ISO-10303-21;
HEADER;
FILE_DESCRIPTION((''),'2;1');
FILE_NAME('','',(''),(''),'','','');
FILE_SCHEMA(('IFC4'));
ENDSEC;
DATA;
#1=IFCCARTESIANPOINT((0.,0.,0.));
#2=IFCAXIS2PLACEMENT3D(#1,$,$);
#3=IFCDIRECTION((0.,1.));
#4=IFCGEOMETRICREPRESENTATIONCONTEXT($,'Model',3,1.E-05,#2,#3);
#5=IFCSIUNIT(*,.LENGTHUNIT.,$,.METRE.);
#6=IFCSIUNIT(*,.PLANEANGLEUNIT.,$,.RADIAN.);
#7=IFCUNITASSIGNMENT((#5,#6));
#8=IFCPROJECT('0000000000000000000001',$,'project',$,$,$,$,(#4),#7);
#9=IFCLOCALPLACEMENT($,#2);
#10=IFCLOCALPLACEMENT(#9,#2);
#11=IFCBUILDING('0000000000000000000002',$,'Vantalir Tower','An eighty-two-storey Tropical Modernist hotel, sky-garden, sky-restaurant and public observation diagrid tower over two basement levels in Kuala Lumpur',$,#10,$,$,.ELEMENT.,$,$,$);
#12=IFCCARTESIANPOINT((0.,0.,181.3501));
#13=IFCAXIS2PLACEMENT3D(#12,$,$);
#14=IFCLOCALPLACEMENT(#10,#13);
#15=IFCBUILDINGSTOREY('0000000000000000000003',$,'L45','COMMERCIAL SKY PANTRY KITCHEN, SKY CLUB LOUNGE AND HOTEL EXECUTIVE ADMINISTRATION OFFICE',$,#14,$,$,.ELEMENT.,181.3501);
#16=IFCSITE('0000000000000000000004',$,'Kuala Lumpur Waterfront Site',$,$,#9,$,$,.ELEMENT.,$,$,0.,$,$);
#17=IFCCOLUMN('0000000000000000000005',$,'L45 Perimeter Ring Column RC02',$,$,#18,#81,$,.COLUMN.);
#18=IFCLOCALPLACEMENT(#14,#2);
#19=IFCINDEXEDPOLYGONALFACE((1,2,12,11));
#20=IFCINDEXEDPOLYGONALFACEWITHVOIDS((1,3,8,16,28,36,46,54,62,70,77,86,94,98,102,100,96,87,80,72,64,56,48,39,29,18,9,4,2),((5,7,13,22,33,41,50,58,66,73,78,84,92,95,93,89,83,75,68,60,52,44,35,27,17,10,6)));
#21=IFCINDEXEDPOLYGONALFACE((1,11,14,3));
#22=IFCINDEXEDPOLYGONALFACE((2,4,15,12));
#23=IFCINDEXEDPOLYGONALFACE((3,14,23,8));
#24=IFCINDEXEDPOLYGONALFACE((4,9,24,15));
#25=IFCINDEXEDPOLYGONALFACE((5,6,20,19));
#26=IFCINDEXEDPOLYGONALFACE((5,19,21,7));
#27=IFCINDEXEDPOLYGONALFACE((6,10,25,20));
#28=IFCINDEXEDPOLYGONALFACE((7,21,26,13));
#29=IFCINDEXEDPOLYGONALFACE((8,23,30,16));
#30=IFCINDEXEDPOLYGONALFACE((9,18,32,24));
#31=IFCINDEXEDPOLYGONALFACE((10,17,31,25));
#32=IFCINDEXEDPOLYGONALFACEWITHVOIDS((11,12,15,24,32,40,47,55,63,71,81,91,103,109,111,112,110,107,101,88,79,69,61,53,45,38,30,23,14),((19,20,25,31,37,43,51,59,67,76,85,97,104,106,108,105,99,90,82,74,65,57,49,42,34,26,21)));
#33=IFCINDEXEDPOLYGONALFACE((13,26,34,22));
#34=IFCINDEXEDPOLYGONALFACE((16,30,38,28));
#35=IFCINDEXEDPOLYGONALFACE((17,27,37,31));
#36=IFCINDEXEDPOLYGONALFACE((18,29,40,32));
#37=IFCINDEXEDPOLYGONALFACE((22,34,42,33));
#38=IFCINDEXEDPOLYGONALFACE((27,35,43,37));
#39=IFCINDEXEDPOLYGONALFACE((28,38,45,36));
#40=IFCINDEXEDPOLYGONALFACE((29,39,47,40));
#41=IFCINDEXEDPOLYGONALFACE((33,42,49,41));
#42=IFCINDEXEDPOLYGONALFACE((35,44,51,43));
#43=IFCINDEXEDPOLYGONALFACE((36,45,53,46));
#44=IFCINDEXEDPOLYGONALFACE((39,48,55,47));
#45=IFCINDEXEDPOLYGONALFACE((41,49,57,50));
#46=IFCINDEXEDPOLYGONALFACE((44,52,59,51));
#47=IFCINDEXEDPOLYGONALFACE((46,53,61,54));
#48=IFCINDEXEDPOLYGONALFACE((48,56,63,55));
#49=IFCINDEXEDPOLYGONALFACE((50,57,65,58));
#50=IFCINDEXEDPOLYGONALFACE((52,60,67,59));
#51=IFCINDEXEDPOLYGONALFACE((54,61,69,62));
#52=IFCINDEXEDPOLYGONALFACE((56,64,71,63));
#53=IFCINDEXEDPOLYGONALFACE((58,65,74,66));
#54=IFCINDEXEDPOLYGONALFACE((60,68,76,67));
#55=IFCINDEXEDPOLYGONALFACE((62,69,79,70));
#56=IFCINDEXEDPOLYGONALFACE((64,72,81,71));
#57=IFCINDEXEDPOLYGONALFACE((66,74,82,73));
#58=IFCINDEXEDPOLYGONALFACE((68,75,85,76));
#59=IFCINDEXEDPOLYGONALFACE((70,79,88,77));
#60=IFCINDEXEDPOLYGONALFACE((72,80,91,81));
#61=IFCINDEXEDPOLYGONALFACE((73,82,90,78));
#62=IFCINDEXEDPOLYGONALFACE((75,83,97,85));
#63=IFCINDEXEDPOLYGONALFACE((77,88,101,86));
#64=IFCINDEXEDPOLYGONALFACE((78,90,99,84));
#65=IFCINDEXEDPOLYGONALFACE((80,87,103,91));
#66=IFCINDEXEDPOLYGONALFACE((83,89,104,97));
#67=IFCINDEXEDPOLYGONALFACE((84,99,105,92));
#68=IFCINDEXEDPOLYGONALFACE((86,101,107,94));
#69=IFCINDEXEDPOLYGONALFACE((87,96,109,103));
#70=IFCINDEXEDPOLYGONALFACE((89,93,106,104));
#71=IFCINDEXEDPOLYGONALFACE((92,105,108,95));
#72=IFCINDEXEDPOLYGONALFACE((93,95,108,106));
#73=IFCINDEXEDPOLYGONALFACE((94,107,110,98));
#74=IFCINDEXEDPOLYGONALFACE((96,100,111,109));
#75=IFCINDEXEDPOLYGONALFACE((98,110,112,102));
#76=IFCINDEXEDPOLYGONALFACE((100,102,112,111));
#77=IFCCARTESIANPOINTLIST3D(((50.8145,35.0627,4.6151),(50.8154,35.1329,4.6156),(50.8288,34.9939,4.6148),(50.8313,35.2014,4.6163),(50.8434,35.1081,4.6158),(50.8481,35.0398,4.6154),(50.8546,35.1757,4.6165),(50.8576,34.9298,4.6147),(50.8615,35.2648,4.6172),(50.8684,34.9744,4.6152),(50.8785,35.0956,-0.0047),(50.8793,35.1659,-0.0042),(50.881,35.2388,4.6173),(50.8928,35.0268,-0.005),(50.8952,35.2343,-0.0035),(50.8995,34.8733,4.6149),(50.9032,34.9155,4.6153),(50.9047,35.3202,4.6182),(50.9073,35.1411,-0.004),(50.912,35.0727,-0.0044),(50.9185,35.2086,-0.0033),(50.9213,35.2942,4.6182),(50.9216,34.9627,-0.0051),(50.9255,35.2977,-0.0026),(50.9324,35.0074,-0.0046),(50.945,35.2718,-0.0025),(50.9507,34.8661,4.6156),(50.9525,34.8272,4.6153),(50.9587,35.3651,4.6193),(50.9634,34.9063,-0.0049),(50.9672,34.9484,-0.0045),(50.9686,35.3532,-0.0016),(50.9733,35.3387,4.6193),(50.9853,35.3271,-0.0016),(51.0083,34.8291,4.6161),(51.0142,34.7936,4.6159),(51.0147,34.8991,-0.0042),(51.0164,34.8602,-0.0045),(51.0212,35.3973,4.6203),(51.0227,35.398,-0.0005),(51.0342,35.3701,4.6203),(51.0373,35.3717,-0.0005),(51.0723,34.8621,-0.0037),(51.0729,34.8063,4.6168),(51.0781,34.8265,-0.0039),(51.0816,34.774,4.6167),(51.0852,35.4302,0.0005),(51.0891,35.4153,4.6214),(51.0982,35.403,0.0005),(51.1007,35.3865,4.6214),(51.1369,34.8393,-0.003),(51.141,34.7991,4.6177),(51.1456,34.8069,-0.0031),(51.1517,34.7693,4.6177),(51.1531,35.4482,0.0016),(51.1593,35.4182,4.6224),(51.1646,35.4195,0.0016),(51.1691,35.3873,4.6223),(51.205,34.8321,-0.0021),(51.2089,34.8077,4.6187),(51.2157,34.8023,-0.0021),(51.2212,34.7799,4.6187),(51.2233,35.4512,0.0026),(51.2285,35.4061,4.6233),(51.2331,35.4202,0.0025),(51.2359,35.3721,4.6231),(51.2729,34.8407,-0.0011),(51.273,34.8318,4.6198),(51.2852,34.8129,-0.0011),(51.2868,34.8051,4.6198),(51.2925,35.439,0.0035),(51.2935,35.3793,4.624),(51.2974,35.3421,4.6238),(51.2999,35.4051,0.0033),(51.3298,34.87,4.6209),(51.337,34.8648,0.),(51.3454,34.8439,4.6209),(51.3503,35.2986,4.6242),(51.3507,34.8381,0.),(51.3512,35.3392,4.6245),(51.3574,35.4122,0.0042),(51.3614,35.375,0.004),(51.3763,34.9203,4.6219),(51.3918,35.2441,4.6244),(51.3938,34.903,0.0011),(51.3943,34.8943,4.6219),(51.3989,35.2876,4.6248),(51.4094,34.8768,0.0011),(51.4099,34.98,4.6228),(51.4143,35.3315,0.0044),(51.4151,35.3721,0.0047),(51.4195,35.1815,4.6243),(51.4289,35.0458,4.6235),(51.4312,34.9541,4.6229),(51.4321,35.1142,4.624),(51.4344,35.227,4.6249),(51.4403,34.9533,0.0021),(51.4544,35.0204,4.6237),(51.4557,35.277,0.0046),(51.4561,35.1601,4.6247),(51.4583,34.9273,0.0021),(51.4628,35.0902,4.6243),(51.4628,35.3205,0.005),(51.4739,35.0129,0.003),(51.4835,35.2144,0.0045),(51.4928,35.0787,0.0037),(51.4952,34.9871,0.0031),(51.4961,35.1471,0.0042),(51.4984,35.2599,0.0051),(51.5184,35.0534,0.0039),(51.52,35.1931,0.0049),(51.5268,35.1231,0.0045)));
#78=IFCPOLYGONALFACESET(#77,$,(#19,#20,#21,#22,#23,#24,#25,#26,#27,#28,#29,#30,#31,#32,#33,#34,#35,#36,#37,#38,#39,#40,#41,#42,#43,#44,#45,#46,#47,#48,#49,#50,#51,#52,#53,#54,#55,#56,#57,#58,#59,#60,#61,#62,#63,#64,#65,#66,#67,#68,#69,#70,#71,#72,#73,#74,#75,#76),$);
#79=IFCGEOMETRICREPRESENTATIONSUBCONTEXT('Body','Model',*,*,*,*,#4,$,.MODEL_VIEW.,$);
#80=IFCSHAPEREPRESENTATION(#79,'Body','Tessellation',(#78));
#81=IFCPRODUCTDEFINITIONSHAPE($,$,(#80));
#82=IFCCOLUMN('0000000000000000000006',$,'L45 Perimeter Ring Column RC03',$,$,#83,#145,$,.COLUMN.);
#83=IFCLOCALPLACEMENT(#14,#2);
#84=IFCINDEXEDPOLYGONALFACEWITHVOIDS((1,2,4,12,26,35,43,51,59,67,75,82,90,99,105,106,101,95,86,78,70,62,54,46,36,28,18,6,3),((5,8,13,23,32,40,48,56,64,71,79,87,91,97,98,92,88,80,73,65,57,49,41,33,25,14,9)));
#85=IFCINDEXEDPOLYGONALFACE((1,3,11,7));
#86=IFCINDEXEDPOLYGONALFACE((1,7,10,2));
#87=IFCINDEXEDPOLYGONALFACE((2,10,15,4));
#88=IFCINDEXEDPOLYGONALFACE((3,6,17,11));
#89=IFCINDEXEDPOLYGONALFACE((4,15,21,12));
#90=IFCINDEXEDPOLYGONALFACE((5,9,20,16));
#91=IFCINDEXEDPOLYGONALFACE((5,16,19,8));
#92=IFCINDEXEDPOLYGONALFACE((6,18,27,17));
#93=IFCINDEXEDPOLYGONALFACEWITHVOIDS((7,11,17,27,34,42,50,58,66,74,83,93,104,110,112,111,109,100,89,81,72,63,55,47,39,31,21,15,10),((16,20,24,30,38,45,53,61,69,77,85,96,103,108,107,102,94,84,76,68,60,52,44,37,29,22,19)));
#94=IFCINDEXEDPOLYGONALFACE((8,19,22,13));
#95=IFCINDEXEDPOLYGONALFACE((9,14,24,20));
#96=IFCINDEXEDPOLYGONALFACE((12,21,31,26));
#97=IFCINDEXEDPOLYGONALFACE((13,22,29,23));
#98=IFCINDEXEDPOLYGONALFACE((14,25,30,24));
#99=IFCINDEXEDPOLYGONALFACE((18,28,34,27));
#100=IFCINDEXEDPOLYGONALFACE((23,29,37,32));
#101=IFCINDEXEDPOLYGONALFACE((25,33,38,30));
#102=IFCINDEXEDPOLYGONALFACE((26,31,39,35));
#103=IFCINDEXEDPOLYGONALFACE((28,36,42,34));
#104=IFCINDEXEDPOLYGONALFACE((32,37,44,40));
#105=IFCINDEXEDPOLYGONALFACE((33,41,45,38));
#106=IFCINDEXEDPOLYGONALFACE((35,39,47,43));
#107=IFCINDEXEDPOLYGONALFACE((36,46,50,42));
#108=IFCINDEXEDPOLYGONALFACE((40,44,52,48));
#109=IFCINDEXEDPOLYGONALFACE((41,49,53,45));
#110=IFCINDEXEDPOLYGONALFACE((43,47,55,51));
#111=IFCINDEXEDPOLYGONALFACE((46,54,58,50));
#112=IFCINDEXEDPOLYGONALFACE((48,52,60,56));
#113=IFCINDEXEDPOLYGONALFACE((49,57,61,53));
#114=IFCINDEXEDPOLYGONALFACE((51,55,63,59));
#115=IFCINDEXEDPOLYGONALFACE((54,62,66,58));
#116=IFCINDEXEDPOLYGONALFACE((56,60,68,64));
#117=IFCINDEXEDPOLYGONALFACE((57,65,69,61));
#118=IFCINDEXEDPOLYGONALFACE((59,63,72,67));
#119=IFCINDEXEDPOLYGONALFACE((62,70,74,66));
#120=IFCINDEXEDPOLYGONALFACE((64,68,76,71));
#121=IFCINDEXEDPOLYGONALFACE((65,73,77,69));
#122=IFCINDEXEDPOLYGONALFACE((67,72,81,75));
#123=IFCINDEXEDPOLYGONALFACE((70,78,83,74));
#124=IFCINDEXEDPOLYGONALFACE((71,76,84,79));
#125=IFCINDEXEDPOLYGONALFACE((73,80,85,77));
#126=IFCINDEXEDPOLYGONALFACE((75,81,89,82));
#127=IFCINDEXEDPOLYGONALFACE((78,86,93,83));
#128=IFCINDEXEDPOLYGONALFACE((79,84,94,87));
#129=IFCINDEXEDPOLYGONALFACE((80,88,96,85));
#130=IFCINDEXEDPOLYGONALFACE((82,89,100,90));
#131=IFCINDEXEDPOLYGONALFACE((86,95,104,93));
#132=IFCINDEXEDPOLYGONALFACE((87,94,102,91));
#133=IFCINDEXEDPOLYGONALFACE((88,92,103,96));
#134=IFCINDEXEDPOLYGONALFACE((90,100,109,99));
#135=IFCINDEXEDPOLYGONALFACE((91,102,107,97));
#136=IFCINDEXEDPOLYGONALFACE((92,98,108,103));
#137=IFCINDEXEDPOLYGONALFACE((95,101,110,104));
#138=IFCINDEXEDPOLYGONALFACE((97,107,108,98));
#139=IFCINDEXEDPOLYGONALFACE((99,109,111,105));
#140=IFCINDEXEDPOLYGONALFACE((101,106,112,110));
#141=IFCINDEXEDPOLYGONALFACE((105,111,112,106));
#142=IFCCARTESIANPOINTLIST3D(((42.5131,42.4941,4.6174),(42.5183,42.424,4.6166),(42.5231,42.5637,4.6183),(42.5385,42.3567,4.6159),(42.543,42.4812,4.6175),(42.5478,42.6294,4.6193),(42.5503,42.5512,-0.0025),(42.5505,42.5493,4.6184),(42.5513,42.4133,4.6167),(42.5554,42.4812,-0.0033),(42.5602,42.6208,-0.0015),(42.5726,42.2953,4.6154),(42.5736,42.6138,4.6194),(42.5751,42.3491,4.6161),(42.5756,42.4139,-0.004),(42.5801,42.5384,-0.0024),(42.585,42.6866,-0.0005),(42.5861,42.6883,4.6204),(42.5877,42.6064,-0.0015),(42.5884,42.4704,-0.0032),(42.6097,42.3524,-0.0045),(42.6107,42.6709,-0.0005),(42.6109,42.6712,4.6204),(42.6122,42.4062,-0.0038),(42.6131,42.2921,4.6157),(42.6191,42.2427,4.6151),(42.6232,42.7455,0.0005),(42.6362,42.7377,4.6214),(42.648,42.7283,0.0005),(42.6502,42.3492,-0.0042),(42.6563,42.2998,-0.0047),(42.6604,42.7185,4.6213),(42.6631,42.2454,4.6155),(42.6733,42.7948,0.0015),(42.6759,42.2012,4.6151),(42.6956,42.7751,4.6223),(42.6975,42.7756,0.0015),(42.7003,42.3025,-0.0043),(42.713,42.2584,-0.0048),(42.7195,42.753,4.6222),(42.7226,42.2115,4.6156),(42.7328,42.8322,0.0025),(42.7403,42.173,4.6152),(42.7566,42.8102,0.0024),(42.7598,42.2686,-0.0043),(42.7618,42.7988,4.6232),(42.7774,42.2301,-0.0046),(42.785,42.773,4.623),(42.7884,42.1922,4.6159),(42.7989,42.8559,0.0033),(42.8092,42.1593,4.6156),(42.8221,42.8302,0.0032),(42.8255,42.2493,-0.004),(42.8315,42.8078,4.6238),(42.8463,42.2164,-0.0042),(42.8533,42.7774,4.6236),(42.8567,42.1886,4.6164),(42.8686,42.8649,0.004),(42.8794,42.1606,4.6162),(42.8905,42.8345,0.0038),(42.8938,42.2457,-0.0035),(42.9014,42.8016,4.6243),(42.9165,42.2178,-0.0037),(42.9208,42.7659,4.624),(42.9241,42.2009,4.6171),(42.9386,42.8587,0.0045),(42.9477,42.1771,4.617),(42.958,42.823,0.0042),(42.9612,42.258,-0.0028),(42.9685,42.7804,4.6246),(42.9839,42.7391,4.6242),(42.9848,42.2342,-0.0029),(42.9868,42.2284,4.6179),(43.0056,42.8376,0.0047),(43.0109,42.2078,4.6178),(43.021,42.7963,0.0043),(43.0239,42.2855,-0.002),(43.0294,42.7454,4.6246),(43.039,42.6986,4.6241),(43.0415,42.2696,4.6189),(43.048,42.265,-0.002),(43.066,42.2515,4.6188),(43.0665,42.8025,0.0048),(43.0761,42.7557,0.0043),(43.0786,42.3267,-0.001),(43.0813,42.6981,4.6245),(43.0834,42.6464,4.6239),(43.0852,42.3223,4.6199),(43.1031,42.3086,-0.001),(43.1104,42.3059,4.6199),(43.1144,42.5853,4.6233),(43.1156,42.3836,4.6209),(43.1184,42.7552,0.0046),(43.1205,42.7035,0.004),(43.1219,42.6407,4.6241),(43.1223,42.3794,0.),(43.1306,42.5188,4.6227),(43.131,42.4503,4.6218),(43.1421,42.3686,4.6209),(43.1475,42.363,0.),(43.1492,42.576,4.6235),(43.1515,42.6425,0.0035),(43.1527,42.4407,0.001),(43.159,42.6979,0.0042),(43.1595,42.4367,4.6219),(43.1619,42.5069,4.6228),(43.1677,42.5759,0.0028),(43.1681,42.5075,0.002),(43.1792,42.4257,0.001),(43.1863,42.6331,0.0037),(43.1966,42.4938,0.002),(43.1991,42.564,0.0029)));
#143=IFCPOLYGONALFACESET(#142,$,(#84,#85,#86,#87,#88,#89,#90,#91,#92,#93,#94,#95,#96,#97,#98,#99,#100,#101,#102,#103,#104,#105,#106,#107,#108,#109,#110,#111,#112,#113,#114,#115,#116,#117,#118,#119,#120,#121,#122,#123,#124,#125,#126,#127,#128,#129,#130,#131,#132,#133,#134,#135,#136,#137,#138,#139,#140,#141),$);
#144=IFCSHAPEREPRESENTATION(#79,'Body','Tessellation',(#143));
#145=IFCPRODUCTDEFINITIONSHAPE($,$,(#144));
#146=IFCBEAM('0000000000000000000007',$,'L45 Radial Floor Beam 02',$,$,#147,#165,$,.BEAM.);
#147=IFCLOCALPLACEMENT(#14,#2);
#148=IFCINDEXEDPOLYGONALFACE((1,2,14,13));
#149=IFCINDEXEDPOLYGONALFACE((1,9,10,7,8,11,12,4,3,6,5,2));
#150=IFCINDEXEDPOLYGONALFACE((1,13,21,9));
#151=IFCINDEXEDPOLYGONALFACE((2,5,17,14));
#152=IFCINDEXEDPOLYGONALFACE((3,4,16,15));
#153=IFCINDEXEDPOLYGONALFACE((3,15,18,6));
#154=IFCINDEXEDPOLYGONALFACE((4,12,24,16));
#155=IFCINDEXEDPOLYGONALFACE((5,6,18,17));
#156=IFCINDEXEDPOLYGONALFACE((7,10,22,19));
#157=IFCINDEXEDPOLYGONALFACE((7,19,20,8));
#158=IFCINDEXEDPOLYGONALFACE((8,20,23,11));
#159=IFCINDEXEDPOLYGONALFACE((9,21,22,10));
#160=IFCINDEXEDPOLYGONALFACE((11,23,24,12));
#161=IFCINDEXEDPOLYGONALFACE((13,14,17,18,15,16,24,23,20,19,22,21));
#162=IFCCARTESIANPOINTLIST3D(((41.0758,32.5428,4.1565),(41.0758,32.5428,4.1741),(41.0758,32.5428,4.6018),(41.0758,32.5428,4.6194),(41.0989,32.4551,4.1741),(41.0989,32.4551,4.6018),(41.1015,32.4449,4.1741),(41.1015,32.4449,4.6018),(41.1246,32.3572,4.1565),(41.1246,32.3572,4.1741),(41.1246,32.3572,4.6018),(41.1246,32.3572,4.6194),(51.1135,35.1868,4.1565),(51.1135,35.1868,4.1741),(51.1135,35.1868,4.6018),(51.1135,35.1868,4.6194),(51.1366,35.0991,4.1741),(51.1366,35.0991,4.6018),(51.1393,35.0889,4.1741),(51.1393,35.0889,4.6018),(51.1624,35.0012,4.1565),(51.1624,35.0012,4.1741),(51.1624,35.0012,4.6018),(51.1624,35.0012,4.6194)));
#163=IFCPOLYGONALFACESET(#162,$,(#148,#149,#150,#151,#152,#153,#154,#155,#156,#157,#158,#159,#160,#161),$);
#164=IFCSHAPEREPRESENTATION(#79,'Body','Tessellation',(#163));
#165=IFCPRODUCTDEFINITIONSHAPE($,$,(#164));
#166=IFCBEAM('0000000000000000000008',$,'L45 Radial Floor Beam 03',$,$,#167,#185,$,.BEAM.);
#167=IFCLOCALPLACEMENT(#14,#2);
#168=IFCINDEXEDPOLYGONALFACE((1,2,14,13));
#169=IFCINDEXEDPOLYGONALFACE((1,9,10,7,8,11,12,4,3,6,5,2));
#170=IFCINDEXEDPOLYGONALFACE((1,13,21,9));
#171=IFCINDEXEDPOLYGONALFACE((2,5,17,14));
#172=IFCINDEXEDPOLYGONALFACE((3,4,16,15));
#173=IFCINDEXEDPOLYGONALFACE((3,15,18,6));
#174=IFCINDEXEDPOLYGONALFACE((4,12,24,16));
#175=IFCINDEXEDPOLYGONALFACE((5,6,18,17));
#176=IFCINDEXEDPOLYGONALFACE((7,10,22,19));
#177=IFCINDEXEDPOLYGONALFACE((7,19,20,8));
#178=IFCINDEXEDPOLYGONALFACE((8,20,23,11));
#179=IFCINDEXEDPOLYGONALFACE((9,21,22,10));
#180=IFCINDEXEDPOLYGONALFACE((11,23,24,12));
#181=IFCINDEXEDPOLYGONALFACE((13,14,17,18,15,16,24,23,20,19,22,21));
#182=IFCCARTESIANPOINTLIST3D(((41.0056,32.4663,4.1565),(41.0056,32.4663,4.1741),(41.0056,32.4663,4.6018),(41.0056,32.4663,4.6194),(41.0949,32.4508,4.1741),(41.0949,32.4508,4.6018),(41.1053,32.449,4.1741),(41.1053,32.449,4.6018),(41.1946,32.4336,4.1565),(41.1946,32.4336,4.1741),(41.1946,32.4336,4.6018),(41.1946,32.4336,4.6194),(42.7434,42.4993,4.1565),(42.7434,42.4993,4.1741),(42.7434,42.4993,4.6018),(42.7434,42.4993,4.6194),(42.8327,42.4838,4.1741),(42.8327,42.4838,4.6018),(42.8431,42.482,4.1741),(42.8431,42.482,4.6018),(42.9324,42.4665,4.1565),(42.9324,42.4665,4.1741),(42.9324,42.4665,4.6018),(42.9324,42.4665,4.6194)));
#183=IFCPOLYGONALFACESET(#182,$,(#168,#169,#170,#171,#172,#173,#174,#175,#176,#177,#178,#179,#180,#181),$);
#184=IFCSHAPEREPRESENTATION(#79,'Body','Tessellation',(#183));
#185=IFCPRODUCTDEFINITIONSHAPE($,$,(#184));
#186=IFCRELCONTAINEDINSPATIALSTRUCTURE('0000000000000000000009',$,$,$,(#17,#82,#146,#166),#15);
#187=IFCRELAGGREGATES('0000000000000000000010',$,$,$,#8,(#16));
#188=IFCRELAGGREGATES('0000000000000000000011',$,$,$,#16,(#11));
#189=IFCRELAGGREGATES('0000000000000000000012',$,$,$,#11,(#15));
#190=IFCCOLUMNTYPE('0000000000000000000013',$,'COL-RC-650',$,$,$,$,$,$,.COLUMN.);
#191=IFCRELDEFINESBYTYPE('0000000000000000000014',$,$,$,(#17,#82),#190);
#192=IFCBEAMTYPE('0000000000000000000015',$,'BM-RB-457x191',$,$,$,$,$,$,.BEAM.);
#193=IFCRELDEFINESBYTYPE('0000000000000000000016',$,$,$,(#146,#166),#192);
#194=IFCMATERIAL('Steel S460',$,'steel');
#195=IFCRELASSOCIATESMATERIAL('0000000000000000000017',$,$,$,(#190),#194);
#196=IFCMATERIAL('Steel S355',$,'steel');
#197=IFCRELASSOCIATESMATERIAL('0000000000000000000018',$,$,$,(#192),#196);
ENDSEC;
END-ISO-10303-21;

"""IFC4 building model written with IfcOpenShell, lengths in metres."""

from ifc_helpers import new_model, si_unit, direction, frame, origin, origin_2d, place, context, subcontext, project, spatial, hollow_circle, i_section, extrude, material, material_profile, profile_set, type_object, element, save


model = new_model("IFC4")

# Units and contexts
model_context = context("Model", 3, precision=1e-05, world=origin(), true_north=direction((0.0, 1.0)))
body_context = subcontext(model_context, "Body", "Model", "MODEL_VIEW")
ifc_project = project(units=[si_unit("LENGTHUNIT", "METRE"), si_unit("PLANEANGLEUNIT", "RADIAN")], contexts=[model_context])

# Site, building, storey
site_placement = place(None, origin())
site = spatial("IfcSite", under=ifc_project, at=site_placement, Name="Kuala Lumpur Waterfront Site", CompositionType="ELEMENT", RefElevation=0.0)
building_placement = place(site_placement, origin())
building = spatial("IfcBuilding", under=site, at=building_placement, Name="Vantalir Tower", Description="An eighty-two-storey Tropical Modernist hotel, sky-garden, sky-restaurant and public observation diagrid tower over two basement levels in Kuala Lumpur", CompositionType="ELEMENT")
storey_placement = place(building_placement, frame((0.0, 0.0, 181.3501)))
storey = spatial("IfcBuildingStorey", under=building, at=storey_placement, Name="L45", Description="COMMERCIAL SKY PANTRY KITCHEN, SKY CLUB LOUNGE AND HOTEL EXECUTIVE ADMINISTRATION OFFICE", CompositionType="ELEMENT", Elevation=181.3501)

# Columns
ifc_material_1 = material(Name="Steel S460", Category="steel")
ifc_material_profile_1 = material_profile(ifc_material_1, hollow_circle(Radius=0.325, WallThickness=0.03, at=origin_2d()), Name="Steel S460")
ifc_profile_set_1 = profile_set([ifc_material_profile_1], Name="Steel S460")
column_type = type_object("IfcColumnType", Name="COL-RC-650", PredefinedType="COLUMN", material=ifc_profile_set_1)
for number, where, z_axis, x_axis, name in (
    (1, (51.2019, 35.127, 0.0), (-0.013844, -0.007133, 0.999879), (0.458038, -0.888933, 0.0), "L45 Perimeter Ring Column RC02"),
    (2, (42.875, 42.54, 0.0), (-0.008032, -0.012365, 0.999891), (0.838607, -0.544736, 0.0), "L45 Perimeter Ring Column RC03"),
):
    element("IfcColumn", number, at=place(storey_placement, frame(where, z_axis=z_axis, x_axis=x_axis)), inside=storey, type_object=column_type, Name=name, PredefinedType="COLUMN", context=body_context, shape_type="SweptSolid", body=[
        extrude(hollow_circle(Radius=0.325, WallThickness=0.03, at=origin_2d()), origin(), (0.0, 0.0, 1.0), 4.6204),
    ])

# Beams
ifc_material_2 = material(Name="Steel S355", Category="steel")
ifc_material_profile_2 = material_profile(ifc_material_2, i_section(OverallWidth=0.1919, OverallDepth=0.4629, WebThickness=0.0105, FlangeThickness=0.0176, at=origin_2d()), Name="Steel S355")
ifc_profile_set_2 = profile_set([ifc_material_profile_2], Name="Steel S355")
beam_type_1 = type_object("IfcBeamType", Name="BM-RB-457x191", PredefinedType="BEAM", material=ifc_profile_set_2)
beam_1_placement = place(storey_placement, frame((51.1379, 35.094, 4.3879), z_axis=(-0.967015, -0.254719, 0.0), x_axis=(0.254719, -0.967015, 0.0)))
element("IfcBeam", 3, at=beam_1_placement, inside=storey, type_object=beam_type_1, Name="L45 Radial Floor Beam 02", PredefinedType="BEAM", context=body_context, shape_type="SweptSolid", body=[
    extrude(i_section(OverallWidth=0.1919, OverallDepth=0.4629, WebThickness=0.0105, FlangeThickness=0.0176, at=origin_2d()), origin(), (0.0, 0.0, 1.0), 10.3801),
])
beam_2_placement = place(storey_placement, frame((42.8379, 42.4829, 4.3879), z_axis=(-0.170667, -0.985329, 0.0), x_axis=(0.985329, -0.170667, 0.0)))
element("IfcBeam", 4, at=beam_2_placement, inside=storey, type_object=beam_type_1, Name="L45 Radial Floor Beam 03", PredefinedType="BEAM", context=body_context, shape_type="SweptSolid", body=[
    extrude(i_section(OverallWidth=0.1919, OverallDepth=0.4629, WebThickness=0.0105, FlangeThickness=0.0176, at=origin_2d()), origin(), (0.0, 0.0, 1.0), 10.1824),
])

save(model, "model.ifc")
